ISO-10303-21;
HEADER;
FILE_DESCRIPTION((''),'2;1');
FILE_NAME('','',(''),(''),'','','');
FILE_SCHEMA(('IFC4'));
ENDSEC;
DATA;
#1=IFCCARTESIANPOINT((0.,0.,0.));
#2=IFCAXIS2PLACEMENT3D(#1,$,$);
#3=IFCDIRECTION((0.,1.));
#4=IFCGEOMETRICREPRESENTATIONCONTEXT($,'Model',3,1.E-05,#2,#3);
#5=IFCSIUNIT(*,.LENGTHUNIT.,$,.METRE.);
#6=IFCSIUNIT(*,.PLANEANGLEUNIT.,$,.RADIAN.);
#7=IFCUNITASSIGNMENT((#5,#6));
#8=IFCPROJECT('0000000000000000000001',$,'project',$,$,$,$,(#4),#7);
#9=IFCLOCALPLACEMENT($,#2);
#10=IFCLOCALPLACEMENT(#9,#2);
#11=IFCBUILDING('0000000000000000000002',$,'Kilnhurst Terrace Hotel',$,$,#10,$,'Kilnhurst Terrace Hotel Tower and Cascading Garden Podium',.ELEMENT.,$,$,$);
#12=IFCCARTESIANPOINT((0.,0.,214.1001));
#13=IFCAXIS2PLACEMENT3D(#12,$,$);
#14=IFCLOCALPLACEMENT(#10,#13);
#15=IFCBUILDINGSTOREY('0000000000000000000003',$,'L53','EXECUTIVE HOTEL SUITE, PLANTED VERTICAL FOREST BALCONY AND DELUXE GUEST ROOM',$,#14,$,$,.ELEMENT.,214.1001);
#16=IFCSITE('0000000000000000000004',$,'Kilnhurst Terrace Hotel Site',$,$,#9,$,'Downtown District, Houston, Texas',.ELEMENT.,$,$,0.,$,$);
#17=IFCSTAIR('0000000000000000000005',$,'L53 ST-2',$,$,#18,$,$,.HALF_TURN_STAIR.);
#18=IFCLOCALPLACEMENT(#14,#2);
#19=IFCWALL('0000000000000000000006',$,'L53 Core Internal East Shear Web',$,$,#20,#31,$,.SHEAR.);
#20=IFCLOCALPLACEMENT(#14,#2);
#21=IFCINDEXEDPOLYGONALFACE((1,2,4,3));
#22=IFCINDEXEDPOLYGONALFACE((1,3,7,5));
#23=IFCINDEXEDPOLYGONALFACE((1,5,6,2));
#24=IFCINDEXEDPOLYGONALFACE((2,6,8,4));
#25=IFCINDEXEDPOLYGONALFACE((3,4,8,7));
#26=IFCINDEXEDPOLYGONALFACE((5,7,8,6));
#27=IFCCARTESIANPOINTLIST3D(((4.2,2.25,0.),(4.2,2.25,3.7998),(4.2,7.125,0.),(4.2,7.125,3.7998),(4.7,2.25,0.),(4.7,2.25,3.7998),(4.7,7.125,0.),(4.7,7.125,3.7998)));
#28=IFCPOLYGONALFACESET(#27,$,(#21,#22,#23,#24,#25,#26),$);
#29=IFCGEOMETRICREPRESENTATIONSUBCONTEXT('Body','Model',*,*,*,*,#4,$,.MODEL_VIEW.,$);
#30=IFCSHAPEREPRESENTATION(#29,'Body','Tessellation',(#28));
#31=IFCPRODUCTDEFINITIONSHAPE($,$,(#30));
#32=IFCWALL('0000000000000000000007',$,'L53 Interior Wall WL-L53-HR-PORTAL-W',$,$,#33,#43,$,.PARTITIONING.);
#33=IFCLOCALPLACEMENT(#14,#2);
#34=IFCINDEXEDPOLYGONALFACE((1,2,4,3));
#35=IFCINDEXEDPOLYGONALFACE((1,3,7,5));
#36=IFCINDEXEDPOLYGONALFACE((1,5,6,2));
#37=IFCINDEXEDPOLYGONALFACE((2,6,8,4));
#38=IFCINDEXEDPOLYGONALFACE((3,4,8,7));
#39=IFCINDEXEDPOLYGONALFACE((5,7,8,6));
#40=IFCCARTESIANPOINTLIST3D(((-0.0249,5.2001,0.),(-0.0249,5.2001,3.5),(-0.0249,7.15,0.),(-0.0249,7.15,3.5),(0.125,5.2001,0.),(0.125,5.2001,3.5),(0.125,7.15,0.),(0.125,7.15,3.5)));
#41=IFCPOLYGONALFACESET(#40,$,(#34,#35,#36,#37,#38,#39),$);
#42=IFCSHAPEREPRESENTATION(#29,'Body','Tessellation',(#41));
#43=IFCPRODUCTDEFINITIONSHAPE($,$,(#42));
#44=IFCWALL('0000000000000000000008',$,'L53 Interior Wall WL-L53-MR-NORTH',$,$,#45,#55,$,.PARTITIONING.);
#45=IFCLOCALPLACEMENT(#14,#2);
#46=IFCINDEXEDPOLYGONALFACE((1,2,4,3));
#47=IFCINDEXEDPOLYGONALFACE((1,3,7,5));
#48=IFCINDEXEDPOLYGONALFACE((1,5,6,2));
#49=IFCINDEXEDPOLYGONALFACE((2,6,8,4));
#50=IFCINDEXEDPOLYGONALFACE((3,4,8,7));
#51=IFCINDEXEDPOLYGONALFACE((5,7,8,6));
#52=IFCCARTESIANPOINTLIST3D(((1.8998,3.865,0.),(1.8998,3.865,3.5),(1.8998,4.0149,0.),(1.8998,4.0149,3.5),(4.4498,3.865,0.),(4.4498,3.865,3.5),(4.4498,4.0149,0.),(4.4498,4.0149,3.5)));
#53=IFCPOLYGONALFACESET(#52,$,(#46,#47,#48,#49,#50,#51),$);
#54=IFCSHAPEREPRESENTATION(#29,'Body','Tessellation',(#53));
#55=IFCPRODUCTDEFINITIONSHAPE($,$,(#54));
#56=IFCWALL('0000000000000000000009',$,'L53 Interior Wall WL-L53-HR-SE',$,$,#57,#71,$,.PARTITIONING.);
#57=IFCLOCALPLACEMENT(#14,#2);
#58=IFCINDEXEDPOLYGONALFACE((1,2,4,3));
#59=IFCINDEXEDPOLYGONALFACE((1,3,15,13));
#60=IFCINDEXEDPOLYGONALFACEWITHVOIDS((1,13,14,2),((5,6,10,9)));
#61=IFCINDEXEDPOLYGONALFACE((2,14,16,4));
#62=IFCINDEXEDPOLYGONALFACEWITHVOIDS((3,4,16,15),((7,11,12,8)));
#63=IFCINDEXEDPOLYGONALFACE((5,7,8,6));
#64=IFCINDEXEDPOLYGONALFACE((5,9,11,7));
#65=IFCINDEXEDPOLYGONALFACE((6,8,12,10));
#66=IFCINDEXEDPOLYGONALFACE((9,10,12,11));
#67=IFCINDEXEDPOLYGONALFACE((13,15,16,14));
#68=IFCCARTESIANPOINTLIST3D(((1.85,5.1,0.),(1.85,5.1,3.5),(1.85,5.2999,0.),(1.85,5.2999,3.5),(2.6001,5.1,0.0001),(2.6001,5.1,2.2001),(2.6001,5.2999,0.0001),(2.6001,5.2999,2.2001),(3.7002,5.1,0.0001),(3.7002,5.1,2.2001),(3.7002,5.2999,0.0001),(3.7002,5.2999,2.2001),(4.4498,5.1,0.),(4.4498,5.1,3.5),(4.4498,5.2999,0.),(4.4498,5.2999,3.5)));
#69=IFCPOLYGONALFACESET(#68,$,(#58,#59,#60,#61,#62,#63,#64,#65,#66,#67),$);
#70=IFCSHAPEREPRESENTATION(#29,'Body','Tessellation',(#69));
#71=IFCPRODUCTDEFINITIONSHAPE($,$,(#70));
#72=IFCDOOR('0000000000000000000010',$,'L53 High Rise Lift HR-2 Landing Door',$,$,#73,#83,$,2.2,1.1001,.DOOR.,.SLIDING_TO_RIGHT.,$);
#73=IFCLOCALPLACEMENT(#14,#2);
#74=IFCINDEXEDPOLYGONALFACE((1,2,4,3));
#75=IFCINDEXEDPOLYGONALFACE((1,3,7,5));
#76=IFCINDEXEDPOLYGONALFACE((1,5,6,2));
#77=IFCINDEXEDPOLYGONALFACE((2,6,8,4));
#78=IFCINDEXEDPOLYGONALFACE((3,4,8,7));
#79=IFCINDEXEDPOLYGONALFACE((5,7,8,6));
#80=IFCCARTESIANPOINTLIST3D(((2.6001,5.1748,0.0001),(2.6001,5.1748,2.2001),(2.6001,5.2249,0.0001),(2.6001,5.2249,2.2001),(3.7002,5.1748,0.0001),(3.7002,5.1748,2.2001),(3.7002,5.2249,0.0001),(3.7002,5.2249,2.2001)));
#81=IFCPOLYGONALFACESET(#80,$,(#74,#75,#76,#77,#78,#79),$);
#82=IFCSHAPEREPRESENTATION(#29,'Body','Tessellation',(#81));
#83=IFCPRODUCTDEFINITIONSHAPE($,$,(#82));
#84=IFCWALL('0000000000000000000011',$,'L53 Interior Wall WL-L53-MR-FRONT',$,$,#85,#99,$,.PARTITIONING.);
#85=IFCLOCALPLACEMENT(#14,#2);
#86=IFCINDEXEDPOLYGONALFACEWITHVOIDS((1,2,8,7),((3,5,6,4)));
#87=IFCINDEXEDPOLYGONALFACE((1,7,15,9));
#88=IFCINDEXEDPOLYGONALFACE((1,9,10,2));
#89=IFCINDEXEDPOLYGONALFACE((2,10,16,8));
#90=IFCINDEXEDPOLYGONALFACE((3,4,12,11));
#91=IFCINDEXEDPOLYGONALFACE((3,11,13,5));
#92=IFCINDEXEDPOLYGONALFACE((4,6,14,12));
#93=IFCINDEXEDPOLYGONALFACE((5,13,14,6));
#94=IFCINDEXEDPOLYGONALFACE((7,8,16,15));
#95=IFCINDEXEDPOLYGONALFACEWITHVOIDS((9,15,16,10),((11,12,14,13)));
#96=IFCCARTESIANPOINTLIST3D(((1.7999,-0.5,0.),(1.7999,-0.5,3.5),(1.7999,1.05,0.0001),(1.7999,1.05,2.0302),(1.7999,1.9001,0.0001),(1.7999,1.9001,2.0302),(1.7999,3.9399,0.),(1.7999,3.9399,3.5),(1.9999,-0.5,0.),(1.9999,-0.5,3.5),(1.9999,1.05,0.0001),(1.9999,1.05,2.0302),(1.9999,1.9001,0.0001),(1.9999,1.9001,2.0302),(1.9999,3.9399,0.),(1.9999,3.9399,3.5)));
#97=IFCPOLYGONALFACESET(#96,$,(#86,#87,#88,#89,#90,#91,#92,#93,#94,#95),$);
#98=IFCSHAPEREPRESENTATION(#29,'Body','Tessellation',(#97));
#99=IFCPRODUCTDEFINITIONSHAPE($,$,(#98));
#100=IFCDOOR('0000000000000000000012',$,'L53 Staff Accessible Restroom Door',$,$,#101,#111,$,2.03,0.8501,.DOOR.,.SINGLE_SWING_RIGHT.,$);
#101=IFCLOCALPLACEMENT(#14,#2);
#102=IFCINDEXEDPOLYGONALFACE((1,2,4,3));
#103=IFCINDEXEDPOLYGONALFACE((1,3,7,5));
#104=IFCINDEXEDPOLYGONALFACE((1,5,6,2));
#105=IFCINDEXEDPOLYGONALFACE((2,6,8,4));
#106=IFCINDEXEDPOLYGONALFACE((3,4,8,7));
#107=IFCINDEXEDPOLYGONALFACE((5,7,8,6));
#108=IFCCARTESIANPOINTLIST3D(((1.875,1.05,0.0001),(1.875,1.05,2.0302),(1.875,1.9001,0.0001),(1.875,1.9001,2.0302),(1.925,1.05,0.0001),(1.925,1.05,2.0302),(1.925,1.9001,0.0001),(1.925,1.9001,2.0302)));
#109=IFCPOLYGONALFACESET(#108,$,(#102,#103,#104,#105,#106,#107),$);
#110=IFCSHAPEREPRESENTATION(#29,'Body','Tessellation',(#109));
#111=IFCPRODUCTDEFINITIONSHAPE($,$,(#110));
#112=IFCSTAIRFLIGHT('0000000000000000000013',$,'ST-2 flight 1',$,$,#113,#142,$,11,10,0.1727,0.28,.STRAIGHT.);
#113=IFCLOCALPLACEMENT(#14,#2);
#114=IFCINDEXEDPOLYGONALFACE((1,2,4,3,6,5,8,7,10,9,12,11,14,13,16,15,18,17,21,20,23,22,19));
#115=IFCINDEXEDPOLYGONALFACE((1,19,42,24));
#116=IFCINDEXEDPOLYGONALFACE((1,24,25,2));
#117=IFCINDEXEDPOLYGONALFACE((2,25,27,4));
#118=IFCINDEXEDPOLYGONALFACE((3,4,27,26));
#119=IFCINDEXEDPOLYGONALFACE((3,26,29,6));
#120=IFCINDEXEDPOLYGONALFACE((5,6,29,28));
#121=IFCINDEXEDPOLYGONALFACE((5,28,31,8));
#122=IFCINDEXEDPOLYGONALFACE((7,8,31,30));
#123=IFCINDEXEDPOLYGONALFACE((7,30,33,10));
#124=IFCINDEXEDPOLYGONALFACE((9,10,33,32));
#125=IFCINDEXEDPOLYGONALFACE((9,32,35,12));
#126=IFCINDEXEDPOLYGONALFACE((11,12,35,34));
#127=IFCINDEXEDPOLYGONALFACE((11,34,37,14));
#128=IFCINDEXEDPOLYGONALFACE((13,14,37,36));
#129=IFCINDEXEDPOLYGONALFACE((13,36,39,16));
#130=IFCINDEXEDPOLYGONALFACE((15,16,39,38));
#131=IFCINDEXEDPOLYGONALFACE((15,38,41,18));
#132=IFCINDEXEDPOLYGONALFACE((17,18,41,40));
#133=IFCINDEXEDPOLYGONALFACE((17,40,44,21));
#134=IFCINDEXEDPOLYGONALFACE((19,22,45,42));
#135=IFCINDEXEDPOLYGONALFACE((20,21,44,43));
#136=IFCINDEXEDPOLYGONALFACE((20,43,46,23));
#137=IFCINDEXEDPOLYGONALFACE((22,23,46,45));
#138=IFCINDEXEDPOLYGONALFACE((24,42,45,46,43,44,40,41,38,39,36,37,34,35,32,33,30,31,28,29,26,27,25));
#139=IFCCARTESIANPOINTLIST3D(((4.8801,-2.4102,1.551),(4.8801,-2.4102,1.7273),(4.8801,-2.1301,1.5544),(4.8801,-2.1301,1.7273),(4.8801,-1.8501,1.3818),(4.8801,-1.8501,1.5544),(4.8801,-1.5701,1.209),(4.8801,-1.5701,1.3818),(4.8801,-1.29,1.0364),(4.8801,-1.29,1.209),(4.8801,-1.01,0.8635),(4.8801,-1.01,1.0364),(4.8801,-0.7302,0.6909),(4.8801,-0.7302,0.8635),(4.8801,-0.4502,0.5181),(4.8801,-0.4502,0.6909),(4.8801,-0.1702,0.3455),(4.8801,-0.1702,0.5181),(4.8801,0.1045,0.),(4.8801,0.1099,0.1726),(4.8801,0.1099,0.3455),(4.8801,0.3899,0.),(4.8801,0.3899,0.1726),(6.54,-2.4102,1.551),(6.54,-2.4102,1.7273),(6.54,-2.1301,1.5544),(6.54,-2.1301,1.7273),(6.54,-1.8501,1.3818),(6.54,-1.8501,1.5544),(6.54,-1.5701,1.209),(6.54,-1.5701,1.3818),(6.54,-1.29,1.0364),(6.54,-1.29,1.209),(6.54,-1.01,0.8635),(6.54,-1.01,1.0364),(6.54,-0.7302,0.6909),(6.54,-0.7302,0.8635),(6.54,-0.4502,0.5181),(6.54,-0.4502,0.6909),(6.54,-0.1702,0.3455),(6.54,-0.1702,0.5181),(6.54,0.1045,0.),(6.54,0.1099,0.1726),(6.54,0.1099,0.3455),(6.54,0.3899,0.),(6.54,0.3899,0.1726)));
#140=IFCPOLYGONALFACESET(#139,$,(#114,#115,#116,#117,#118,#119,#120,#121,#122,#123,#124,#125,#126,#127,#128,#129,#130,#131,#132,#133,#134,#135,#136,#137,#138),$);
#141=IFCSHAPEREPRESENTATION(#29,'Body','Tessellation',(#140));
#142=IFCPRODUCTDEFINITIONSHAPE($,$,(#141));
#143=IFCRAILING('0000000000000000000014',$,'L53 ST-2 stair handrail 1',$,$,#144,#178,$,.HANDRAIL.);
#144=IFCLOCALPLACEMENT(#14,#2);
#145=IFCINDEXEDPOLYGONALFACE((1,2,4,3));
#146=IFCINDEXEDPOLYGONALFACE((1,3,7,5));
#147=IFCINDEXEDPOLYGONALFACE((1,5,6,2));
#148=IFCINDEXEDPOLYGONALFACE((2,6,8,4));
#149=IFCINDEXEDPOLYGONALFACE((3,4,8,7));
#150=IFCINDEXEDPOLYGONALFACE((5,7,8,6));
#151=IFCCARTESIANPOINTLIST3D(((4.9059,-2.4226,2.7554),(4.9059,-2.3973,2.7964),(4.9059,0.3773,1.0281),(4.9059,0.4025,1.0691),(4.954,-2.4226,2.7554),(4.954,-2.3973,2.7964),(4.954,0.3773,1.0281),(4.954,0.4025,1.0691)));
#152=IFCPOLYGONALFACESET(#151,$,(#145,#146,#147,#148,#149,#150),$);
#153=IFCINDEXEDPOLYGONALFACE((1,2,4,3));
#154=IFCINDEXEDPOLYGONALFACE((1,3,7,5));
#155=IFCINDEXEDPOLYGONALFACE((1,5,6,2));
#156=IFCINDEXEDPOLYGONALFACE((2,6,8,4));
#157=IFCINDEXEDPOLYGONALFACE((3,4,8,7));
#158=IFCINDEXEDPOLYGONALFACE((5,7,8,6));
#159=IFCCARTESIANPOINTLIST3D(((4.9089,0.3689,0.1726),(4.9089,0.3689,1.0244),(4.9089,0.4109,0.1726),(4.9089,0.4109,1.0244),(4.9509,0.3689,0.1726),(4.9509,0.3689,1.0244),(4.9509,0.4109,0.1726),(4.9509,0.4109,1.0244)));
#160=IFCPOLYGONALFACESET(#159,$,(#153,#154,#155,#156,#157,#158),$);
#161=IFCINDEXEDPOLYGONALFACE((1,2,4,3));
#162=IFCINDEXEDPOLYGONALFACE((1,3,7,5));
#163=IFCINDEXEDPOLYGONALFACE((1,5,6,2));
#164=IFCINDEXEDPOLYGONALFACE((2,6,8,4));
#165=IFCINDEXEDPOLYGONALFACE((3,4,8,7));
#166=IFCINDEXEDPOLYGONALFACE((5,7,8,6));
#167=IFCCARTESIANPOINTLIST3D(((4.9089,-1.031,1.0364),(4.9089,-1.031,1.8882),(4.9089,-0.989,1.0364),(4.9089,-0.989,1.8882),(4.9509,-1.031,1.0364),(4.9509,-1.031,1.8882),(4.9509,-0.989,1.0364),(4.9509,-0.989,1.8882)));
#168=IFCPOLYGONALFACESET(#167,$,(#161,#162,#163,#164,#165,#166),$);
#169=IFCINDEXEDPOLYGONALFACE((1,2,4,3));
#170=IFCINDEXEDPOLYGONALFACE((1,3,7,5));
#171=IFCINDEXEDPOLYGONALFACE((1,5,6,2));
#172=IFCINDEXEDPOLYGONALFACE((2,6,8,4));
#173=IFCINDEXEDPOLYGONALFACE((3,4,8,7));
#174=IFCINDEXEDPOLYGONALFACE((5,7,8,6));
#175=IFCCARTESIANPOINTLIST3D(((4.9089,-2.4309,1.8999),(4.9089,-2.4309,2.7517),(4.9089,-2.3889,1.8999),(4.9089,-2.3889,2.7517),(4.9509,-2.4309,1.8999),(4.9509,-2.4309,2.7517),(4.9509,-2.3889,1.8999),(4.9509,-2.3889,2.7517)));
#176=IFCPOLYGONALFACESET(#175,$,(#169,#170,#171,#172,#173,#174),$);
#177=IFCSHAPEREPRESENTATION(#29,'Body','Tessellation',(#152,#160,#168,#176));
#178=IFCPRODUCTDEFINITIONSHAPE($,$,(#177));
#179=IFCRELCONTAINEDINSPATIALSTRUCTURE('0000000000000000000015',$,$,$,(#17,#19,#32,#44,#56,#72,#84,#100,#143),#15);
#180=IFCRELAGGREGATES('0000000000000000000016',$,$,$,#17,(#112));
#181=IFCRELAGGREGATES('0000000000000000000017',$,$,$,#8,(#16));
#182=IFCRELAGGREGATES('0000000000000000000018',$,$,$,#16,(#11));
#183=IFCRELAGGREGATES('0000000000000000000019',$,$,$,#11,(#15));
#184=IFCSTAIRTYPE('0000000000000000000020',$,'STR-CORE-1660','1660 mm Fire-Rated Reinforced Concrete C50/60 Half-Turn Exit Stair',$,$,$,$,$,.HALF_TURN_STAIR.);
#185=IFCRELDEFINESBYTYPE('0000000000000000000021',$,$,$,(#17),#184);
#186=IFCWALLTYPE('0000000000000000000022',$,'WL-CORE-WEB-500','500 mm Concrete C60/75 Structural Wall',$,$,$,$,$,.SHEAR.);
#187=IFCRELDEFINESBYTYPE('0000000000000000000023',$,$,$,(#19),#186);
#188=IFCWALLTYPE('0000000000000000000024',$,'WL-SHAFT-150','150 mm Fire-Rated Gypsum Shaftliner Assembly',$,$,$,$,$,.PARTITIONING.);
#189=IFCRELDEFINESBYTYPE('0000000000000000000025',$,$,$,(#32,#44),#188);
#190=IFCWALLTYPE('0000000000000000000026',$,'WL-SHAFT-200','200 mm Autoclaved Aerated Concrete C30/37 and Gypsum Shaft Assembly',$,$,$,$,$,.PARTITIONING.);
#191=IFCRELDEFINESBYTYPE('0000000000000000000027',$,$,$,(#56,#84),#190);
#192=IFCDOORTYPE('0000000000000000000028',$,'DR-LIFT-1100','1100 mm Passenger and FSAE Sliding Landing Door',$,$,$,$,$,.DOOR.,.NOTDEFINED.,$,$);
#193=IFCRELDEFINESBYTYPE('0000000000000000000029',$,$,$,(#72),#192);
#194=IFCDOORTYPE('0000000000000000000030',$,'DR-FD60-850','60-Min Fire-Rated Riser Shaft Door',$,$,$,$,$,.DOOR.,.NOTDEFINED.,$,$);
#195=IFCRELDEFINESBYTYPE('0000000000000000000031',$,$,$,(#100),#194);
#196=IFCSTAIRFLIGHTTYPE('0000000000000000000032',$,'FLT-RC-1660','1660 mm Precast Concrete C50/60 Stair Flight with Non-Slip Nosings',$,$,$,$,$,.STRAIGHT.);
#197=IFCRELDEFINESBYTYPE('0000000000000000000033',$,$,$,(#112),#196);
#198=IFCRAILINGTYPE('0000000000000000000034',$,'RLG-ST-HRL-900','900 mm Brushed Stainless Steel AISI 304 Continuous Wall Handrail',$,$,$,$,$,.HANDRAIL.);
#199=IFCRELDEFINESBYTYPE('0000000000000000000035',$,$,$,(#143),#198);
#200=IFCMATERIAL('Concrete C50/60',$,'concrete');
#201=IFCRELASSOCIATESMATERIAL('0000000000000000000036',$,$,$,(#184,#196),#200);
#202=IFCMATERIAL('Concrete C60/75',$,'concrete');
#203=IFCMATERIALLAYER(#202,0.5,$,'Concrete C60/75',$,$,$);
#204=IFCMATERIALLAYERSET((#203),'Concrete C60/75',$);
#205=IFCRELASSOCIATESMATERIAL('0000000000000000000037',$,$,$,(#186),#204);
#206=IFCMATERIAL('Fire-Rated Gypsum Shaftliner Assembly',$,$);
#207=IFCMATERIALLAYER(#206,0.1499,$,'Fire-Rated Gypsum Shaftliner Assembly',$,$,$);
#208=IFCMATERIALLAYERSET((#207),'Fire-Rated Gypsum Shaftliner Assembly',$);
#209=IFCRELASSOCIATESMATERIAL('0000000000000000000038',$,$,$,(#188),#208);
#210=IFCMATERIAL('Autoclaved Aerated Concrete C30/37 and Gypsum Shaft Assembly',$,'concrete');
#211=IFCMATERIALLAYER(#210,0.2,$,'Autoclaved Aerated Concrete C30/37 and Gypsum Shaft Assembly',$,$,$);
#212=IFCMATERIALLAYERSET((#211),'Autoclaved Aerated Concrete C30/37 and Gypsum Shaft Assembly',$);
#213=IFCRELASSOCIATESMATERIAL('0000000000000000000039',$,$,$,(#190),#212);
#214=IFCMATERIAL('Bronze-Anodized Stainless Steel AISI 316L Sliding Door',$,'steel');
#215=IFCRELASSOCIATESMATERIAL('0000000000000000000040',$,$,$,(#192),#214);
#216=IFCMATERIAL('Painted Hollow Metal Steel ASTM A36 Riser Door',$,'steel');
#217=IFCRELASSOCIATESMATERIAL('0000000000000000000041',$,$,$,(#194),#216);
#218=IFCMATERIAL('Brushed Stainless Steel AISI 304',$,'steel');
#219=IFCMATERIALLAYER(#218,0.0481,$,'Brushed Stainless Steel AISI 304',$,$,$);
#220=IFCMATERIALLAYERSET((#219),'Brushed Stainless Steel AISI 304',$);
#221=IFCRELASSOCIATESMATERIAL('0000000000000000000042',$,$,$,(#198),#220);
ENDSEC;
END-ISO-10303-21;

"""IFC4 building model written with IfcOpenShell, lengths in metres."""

from ifc_helpers import new_model, si_unit, direction, frame, frame_2d, origin, origin_2d, place, context, subcontext, project, spatial, polyline, rectangle, outline, extrude, material, layer, layer_set, type_object, element, fill, aggregate, save


model = new_model("IFC4")

# Units and contexts
model_context = context("Model", 3, precision=1e-05, world=origin(), true_north=direction((0.0, 1.0)))
body_context = subcontext(model_context, "Body", "Model", "MODEL_VIEW")
ifc_project = project(units=[si_unit("LENGTHUNIT", "METRE"), si_unit("PLANEANGLEUNIT", "RADIAN")], contexts=[model_context])

# Site, building, storey
site_placement = place(None, origin())
site = spatial("IfcSite", under=ifc_project, at=site_placement, Name="Kilnhurst Terrace Hotel Site", LongName="Downtown District, Houston, Texas", CompositionType="ELEMENT", RefElevation=0.0)
building_placement = place(site_placement, origin())
building = spatial("IfcBuilding", under=site, at=building_placement, Name="Kilnhurst Terrace Hotel", LongName="Kilnhurst Terrace Hotel Tower and Cascading Garden Podium", CompositionType="ELEMENT")
storey_placement = place(building_placement, frame((0.0, 0.0, 214.1001)))
storey = spatial("IfcBuildingStorey", under=building, at=storey_placement, Name="L53", Description="EXECUTIVE HOTEL SUITE, PLANTED VERTICAL FOREST BALCONY AND DELUXE GUEST ROOM", CompositionType="ELEMENT", Elevation=214.1001)

# Shared definitions
ifc_material_1 = material(Name="Concrete C50/60", Category="concrete")

# Stair
stair_type = type_object("IfcStairType", Name="STR-CORE-1660", Description="1660 mm Fire-Rated Reinforced Concrete C50/60 Half-Turn Exit Stair", PredefinedType="HALF_TURN_STAIR", material=ifc_material_1)
stair_1_placement = place(storey_placement, origin())
stair_1 = element("IfcStair", 1, at=stair_1_placement, inside=storey, type_object=stair_type, Name="L53 ST-2", PredefinedType="HALF_TURN_STAIR")

# Walls
ifc_material_2 = material(Name="Concrete C60/75", Category="concrete")
ifc_layer_1 = layer(ifc_material_2, 0.5, Name="Concrete C60/75")
ifc_layer_set_1 = layer_set([ifc_layer_1], Name="Concrete C60/75")
wall_type_1 = type_object("IfcWallType", Name="WL-CORE-WEB-500", Description="500 mm Concrete C60/75 Structural Wall", PredefinedType="SHEAR", material=ifc_layer_set_1)
wall_1_placement = place(storey_placement, frame((4.45, 2.25, 0.0), z_axis=(0.0, 0.0, 1.0), x_axis=(0.0, 1.0, 0.0)))
element("IfcWall", 2, at=wall_1_placement, inside=storey, type_object=wall_type_1, Name="L53 Core Internal East Shear Web", PredefinedType="SHEAR", context=body_context, shape_type="SweptSolid", body=[
    extrude(rectangle(XDim=4.875, YDim=0.5, at=frame_2d((2.4375, 0.0))), origin(), (0.0, 0.0, 1.0), 3.7998),
])
ifc_material_3 = material(Name="Fire-Rated Gypsum Shaftliner Assembly")
ifc_layer_2 = layer(ifc_material_3, 0.1499, Name="Fire-Rated Gypsum Shaftliner Assembly")
ifc_layer_set_2 = layer_set([ifc_layer_2], Name="Fire-Rated Gypsum Shaftliner Assembly")
wall_type_2 = type_object("IfcWallType", Name="WL-SHAFT-150", Description="150 mm Fire-Rated Gypsum Shaftliner Assembly", PredefinedType="PARTITIONING", material=ifc_layer_set_2)
wall_2_placement = place(storey_placement, frame((0.05, 5.2, 0.0), z_axis=(0.0, 0.0, 1.0), x_axis=(0.0, 1.0, 0.0)))
element("IfcWall", 3, at=wall_2_placement, inside=storey, type_object=wall_type_2, Name="L53 Interior Wall WL-L53-HR-PORTAL-W", PredefinedType="PARTITIONING", context=body_context, shape_type="SweptSolid", body=[
    extrude(rectangle(XDim=1.95, YDim=0.1499, at=frame_2d((0.9751, 0.0))), origin(), (0.0, 0.0, 1.0), 3.5),
])
wall_3_placement = place(storey_placement, frame((1.8999, 3.9399, 0.0), z_axis=(0.0, 0.0, 1.0), x_axis=(1.0, 0.0, 0.0)))
element("IfcWall", 4, at=wall_3_placement, inside=storey, type_object=wall_type_2, Name="L53 Interior Wall WL-L53-MR-NORTH", PredefinedType="PARTITIONING", context=body_context, shape_type="SweptSolid", body=[
    extrude(rectangle(XDim=2.55, YDim=0.1499, at=frame_2d((1.2749, 0.0))), origin(), (0.0, 0.0, 1.0), 3.5),
])

# Walls, openings, doors
ifc_material_4 = material(Name="Autoclaved Aerated Concrete C30/37 and Gypsum Shaft Assembly", Category="concrete")
ifc_layer_3 = layer(ifc_material_4, 0.2, Name="Autoclaved Aerated Concrete C30/37 and Gypsum Shaft Assembly")
ifc_layer_set_3 = layer_set([ifc_layer_3], Name="Autoclaved Aerated Concrete C30/37 and Gypsum Shaft Assembly")
wall_type_3 = type_object("IfcWallType", Name="WL-SHAFT-200", Description="200 mm Autoclaved Aerated Concrete C30/37 and Gypsum Shaft Assembly", PredefinedType="PARTITIONING", material=ifc_layer_set_3)
wall_4_placement = place(storey_placement, frame((1.8501, 5.2, 0.0), z_axis=(0.0, 0.0, 1.0), x_axis=(1.0, 0.0, 0.0)))
wall_4 = element("IfcWall", 5, at=wall_4_placement, inside=storey, type_object=wall_type_3, Name="L53 Interior Wall WL-L53-HR-SE", PredefinedType="PARTITIONING", context=body_context, shape_type="SweptSolid", body=[
    extrude(rectangle(XDim=2.5999, YDim=0.2, at=frame_2d((1.2998, 0.0))), origin(), (0.0, 0.0, 1.0), 3.5),
])
opening_1_placement = place(wall_4_placement, frame((0.75, 0.0, 0.0)))
opening_1 = element("IfcOpeningElement", 6, at=opening_1_placement, cuts=wall_4, PredefinedType="OPENING", context=body_context, shape_type="SweptSolid", body=[
    extrude(rectangle(XDim=1.1001, YDim=2.2, at=frame_2d((0.55, 1.1001))), frame((0.0, 0.1099, 0.0), z_axis=(0.0, -1.0, 0.0), x_axis=(1.0, 0.0, 0.0)), (0.0, 0.0, 1.0), 0.22),
])
ifc_material_5 = material(Name="Bronze-Anodized Stainless Steel AISI 316L Sliding Door", Category="steel")
door_type_1 = type_object("IfcDoorType", Name="DR-LIFT-1100", Description="1100 mm Passenger and FSAE Sliding Landing Door", OperationType="NOTDEFINED", PredefinedType="DOOR", material=ifc_material_5)
door_1_placement = place(opening_1_placement, origin())
door_1 = element("IfcDoor", 7, at=door_1_placement, inside=storey, type_object=door_type_1, Name="L53 High Rise Lift HR-2 Landing Door", OperationType="SLIDING_TO_RIGHT", OverallHeight=2.2, OverallWidth=1.1001, PredefinedType="DOOR", context=body_context, shape_type="SweptSolid", body=[
    extrude(rectangle(XDim=1.1001, YDim=2.2, at=frame_2d((0.55, 1.1001))), frame((0.0, 0.0249, 0.0), z_axis=(0.0, -1.0, 0.0), x_axis=(1.0, 0.0, 0.0)), (0.0, 0.0, 1.0), 0.05),
])
fill(opening_1, door_1)
wall_5_placement = place(storey_placement, frame((1.8999, -0.5, 0.0), z_axis=(0.0, 0.0, 1.0), x_axis=(0.0, 1.0, 0.0)))
wall_5 = element("IfcWall", 8, at=wall_5_placement, inside=storey, type_object=wall_type_3, Name="L53 Interior Wall WL-L53-MR-FRONT", PredefinedType="PARTITIONING", context=body_context, shape_type="SweptSolid", body=[
    extrude(rectangle(XDim=4.4399, YDim=0.2, at=frame_2d((2.22, 0.0))), origin(), (0.0, 0.0, 1.0), 3.5),
])
opening_2_placement = place(wall_5_placement, frame((1.55, 0.0, 0.0)))
opening_2 = element("IfcOpeningElement", 9, at=opening_2_placement, cuts=wall_5, PredefinedType="OPENING", context=body_context, shape_type="SweptSolid", body=[
    extrude(rectangle(XDim=0.8501, YDim=2.03, at=frame_2d((0.425, 1.0151))), frame((0.0, 0.1099, 0.0), z_axis=(0.0, -1.0, 0.0), x_axis=(1.0, 0.0, 0.0)), (0.0, 0.0, 1.0), 0.22),
])
ifc_material_6 = material(Name="Painted Hollow Metal Steel ASTM A36 Riser Door", Category="steel")
door_type_2 = type_object("IfcDoorType", Name="DR-FD60-850", Description="60-Min Fire-Rated Riser Shaft Door", OperationType="NOTDEFINED", PredefinedType="DOOR", material=ifc_material_6)
door_2_placement = place(opening_2_placement, origin())
door_2 = element("IfcDoor", 10, at=door_2_placement, inside=storey, type_object=door_type_2, Name="L53 Staff Accessible Restroom Door", OperationType="SINGLE_SWING_RIGHT", OverallHeight=2.03, OverallWidth=0.8501, PredefinedType="DOOR", context=body_context, shape_type="SweptSolid", body=[
    extrude(rectangle(XDim=0.8501, YDim=2.03, at=frame_2d((0.425, 1.0151))), frame((0.0, 0.0249, 0.0), z_axis=(0.0, -1.0, 0.0), x_axis=(1.0, 0.0, 0.0)), (0.0, 0.0, 1.0), 0.05),
])
fill(opening_2, door_2)

# Stair flight
stair_flight_type = type_object("IfcStairFlightType", Name="FLT-RC-1660", Description="1660 mm Precast Concrete C50/60 Stair Flight with Non-Slip Nosings", PredefinedType="STRAIGHT", material=ifc_material_1)
stair_flight_placement = place(storey_placement, frame((5.71, 0.3899, 0.0), z_axis=(0.0, 0.0, 1.0), x_axis=(0.0, -1.0, 0.0)))
stair_flight = element("IfcStairFlight", 11, at=stair_flight_placement, type_object=stair_flight_type, Name="ST-2 flight 1", NumberOfRisers=11, NumberOfTreads=10, PredefinedType="STRAIGHT", RiserHeight=0.1727, TreadLength=0.28, context=body_context, shape_type="SweptSolid", body=[
    extrude(outline(polyline([(0.0, 0.0), (0.0, 0.1726), (0.28, 0.1726), (0.28, 0.3455), (0.5601, 0.3455), (0.5601, 0.5181), (0.8401, 0.5181), (0.8401, 0.6909), (1.1201, 0.6909), (1.1201, 0.8635), (1.3999, 0.8635), (1.3999, 1.0364), (1.6799, 1.0364), (1.6799, 1.209), (1.96, 1.209), (1.96, 1.3818), (2.24, 1.3818), (2.24, 1.5544), (2.52, 1.5544), (2.52, 1.7273), (2.8, 1.7273), (2.8, 1.8999), (2.8, 1.551), (0.2854, 0.0), (0.0, 0.0)])), frame((0.0, 0.8301, 0.0), z_axis=(0.0, -1.0, 0.0), x_axis=(1.0, 0.0, 0.0)), (0.0, 0.0, 1.0), 1.6599),
])
aggregate(stair_1, [stair_flight])

# Railing
ifc_material_7 = material(Name="Brushed Stainless Steel AISI 304", Category="steel")
ifc_layer_4 = layer(ifc_material_7, 0.0481, Name="Brushed Stainless Steel AISI 304")
ifc_layer_set_4 = layer_set([ifc_layer_4], Name="Brushed Stainless Steel AISI 304")
railing_type = type_object("IfcRailingType", Name="RLG-ST-HRL-900", Description="900 mm Brushed Stainless Steel AISI 304 Continuous Wall Handrail", PredefinedType="HANDRAIL", material=ifc_layer_set_4)
railing_placement = place(storey_placement, frame((4.9299, 0.3899, 0.1726)))
element("IfcRailing", 12, at=railing_placement, inside=storey, type_object=railing_type, Name="L53 ST-2 stair handrail 1", PredefinedType="HANDRAIL", context=body_context, shape_type="SweptSolid", body=[
    extrude(rectangle(XDim=0.0481, YDim=0.0481, at=origin_2d()), frame((0.0, 0.0, 0.876), z_axis=(0.0, -0.851069, 0.525054), x_axis=(1.0, 0.0, 0.0)), (0.0, 0.0, 1.0), 3.2898),
    extrude(rectangle(XDim=0.042, YDim=0.042, at=origin_2d()), origin(), (0.0, 0.0, 1.0), 0.8518),
    extrude(rectangle(XDim=0.042, YDim=0.042, at=origin_2d()), frame((0.0, -1.3999, 0.8638)), (0.0, 0.0, 1.0), 0.8518),
    extrude(rectangle(XDim=0.042, YDim=0.042, at=origin_2d()), frame((0.0, -2.7998, 1.7273)), (0.0, 0.0, 1.0), 0.8518),
])

save(model, "model.ifc")
